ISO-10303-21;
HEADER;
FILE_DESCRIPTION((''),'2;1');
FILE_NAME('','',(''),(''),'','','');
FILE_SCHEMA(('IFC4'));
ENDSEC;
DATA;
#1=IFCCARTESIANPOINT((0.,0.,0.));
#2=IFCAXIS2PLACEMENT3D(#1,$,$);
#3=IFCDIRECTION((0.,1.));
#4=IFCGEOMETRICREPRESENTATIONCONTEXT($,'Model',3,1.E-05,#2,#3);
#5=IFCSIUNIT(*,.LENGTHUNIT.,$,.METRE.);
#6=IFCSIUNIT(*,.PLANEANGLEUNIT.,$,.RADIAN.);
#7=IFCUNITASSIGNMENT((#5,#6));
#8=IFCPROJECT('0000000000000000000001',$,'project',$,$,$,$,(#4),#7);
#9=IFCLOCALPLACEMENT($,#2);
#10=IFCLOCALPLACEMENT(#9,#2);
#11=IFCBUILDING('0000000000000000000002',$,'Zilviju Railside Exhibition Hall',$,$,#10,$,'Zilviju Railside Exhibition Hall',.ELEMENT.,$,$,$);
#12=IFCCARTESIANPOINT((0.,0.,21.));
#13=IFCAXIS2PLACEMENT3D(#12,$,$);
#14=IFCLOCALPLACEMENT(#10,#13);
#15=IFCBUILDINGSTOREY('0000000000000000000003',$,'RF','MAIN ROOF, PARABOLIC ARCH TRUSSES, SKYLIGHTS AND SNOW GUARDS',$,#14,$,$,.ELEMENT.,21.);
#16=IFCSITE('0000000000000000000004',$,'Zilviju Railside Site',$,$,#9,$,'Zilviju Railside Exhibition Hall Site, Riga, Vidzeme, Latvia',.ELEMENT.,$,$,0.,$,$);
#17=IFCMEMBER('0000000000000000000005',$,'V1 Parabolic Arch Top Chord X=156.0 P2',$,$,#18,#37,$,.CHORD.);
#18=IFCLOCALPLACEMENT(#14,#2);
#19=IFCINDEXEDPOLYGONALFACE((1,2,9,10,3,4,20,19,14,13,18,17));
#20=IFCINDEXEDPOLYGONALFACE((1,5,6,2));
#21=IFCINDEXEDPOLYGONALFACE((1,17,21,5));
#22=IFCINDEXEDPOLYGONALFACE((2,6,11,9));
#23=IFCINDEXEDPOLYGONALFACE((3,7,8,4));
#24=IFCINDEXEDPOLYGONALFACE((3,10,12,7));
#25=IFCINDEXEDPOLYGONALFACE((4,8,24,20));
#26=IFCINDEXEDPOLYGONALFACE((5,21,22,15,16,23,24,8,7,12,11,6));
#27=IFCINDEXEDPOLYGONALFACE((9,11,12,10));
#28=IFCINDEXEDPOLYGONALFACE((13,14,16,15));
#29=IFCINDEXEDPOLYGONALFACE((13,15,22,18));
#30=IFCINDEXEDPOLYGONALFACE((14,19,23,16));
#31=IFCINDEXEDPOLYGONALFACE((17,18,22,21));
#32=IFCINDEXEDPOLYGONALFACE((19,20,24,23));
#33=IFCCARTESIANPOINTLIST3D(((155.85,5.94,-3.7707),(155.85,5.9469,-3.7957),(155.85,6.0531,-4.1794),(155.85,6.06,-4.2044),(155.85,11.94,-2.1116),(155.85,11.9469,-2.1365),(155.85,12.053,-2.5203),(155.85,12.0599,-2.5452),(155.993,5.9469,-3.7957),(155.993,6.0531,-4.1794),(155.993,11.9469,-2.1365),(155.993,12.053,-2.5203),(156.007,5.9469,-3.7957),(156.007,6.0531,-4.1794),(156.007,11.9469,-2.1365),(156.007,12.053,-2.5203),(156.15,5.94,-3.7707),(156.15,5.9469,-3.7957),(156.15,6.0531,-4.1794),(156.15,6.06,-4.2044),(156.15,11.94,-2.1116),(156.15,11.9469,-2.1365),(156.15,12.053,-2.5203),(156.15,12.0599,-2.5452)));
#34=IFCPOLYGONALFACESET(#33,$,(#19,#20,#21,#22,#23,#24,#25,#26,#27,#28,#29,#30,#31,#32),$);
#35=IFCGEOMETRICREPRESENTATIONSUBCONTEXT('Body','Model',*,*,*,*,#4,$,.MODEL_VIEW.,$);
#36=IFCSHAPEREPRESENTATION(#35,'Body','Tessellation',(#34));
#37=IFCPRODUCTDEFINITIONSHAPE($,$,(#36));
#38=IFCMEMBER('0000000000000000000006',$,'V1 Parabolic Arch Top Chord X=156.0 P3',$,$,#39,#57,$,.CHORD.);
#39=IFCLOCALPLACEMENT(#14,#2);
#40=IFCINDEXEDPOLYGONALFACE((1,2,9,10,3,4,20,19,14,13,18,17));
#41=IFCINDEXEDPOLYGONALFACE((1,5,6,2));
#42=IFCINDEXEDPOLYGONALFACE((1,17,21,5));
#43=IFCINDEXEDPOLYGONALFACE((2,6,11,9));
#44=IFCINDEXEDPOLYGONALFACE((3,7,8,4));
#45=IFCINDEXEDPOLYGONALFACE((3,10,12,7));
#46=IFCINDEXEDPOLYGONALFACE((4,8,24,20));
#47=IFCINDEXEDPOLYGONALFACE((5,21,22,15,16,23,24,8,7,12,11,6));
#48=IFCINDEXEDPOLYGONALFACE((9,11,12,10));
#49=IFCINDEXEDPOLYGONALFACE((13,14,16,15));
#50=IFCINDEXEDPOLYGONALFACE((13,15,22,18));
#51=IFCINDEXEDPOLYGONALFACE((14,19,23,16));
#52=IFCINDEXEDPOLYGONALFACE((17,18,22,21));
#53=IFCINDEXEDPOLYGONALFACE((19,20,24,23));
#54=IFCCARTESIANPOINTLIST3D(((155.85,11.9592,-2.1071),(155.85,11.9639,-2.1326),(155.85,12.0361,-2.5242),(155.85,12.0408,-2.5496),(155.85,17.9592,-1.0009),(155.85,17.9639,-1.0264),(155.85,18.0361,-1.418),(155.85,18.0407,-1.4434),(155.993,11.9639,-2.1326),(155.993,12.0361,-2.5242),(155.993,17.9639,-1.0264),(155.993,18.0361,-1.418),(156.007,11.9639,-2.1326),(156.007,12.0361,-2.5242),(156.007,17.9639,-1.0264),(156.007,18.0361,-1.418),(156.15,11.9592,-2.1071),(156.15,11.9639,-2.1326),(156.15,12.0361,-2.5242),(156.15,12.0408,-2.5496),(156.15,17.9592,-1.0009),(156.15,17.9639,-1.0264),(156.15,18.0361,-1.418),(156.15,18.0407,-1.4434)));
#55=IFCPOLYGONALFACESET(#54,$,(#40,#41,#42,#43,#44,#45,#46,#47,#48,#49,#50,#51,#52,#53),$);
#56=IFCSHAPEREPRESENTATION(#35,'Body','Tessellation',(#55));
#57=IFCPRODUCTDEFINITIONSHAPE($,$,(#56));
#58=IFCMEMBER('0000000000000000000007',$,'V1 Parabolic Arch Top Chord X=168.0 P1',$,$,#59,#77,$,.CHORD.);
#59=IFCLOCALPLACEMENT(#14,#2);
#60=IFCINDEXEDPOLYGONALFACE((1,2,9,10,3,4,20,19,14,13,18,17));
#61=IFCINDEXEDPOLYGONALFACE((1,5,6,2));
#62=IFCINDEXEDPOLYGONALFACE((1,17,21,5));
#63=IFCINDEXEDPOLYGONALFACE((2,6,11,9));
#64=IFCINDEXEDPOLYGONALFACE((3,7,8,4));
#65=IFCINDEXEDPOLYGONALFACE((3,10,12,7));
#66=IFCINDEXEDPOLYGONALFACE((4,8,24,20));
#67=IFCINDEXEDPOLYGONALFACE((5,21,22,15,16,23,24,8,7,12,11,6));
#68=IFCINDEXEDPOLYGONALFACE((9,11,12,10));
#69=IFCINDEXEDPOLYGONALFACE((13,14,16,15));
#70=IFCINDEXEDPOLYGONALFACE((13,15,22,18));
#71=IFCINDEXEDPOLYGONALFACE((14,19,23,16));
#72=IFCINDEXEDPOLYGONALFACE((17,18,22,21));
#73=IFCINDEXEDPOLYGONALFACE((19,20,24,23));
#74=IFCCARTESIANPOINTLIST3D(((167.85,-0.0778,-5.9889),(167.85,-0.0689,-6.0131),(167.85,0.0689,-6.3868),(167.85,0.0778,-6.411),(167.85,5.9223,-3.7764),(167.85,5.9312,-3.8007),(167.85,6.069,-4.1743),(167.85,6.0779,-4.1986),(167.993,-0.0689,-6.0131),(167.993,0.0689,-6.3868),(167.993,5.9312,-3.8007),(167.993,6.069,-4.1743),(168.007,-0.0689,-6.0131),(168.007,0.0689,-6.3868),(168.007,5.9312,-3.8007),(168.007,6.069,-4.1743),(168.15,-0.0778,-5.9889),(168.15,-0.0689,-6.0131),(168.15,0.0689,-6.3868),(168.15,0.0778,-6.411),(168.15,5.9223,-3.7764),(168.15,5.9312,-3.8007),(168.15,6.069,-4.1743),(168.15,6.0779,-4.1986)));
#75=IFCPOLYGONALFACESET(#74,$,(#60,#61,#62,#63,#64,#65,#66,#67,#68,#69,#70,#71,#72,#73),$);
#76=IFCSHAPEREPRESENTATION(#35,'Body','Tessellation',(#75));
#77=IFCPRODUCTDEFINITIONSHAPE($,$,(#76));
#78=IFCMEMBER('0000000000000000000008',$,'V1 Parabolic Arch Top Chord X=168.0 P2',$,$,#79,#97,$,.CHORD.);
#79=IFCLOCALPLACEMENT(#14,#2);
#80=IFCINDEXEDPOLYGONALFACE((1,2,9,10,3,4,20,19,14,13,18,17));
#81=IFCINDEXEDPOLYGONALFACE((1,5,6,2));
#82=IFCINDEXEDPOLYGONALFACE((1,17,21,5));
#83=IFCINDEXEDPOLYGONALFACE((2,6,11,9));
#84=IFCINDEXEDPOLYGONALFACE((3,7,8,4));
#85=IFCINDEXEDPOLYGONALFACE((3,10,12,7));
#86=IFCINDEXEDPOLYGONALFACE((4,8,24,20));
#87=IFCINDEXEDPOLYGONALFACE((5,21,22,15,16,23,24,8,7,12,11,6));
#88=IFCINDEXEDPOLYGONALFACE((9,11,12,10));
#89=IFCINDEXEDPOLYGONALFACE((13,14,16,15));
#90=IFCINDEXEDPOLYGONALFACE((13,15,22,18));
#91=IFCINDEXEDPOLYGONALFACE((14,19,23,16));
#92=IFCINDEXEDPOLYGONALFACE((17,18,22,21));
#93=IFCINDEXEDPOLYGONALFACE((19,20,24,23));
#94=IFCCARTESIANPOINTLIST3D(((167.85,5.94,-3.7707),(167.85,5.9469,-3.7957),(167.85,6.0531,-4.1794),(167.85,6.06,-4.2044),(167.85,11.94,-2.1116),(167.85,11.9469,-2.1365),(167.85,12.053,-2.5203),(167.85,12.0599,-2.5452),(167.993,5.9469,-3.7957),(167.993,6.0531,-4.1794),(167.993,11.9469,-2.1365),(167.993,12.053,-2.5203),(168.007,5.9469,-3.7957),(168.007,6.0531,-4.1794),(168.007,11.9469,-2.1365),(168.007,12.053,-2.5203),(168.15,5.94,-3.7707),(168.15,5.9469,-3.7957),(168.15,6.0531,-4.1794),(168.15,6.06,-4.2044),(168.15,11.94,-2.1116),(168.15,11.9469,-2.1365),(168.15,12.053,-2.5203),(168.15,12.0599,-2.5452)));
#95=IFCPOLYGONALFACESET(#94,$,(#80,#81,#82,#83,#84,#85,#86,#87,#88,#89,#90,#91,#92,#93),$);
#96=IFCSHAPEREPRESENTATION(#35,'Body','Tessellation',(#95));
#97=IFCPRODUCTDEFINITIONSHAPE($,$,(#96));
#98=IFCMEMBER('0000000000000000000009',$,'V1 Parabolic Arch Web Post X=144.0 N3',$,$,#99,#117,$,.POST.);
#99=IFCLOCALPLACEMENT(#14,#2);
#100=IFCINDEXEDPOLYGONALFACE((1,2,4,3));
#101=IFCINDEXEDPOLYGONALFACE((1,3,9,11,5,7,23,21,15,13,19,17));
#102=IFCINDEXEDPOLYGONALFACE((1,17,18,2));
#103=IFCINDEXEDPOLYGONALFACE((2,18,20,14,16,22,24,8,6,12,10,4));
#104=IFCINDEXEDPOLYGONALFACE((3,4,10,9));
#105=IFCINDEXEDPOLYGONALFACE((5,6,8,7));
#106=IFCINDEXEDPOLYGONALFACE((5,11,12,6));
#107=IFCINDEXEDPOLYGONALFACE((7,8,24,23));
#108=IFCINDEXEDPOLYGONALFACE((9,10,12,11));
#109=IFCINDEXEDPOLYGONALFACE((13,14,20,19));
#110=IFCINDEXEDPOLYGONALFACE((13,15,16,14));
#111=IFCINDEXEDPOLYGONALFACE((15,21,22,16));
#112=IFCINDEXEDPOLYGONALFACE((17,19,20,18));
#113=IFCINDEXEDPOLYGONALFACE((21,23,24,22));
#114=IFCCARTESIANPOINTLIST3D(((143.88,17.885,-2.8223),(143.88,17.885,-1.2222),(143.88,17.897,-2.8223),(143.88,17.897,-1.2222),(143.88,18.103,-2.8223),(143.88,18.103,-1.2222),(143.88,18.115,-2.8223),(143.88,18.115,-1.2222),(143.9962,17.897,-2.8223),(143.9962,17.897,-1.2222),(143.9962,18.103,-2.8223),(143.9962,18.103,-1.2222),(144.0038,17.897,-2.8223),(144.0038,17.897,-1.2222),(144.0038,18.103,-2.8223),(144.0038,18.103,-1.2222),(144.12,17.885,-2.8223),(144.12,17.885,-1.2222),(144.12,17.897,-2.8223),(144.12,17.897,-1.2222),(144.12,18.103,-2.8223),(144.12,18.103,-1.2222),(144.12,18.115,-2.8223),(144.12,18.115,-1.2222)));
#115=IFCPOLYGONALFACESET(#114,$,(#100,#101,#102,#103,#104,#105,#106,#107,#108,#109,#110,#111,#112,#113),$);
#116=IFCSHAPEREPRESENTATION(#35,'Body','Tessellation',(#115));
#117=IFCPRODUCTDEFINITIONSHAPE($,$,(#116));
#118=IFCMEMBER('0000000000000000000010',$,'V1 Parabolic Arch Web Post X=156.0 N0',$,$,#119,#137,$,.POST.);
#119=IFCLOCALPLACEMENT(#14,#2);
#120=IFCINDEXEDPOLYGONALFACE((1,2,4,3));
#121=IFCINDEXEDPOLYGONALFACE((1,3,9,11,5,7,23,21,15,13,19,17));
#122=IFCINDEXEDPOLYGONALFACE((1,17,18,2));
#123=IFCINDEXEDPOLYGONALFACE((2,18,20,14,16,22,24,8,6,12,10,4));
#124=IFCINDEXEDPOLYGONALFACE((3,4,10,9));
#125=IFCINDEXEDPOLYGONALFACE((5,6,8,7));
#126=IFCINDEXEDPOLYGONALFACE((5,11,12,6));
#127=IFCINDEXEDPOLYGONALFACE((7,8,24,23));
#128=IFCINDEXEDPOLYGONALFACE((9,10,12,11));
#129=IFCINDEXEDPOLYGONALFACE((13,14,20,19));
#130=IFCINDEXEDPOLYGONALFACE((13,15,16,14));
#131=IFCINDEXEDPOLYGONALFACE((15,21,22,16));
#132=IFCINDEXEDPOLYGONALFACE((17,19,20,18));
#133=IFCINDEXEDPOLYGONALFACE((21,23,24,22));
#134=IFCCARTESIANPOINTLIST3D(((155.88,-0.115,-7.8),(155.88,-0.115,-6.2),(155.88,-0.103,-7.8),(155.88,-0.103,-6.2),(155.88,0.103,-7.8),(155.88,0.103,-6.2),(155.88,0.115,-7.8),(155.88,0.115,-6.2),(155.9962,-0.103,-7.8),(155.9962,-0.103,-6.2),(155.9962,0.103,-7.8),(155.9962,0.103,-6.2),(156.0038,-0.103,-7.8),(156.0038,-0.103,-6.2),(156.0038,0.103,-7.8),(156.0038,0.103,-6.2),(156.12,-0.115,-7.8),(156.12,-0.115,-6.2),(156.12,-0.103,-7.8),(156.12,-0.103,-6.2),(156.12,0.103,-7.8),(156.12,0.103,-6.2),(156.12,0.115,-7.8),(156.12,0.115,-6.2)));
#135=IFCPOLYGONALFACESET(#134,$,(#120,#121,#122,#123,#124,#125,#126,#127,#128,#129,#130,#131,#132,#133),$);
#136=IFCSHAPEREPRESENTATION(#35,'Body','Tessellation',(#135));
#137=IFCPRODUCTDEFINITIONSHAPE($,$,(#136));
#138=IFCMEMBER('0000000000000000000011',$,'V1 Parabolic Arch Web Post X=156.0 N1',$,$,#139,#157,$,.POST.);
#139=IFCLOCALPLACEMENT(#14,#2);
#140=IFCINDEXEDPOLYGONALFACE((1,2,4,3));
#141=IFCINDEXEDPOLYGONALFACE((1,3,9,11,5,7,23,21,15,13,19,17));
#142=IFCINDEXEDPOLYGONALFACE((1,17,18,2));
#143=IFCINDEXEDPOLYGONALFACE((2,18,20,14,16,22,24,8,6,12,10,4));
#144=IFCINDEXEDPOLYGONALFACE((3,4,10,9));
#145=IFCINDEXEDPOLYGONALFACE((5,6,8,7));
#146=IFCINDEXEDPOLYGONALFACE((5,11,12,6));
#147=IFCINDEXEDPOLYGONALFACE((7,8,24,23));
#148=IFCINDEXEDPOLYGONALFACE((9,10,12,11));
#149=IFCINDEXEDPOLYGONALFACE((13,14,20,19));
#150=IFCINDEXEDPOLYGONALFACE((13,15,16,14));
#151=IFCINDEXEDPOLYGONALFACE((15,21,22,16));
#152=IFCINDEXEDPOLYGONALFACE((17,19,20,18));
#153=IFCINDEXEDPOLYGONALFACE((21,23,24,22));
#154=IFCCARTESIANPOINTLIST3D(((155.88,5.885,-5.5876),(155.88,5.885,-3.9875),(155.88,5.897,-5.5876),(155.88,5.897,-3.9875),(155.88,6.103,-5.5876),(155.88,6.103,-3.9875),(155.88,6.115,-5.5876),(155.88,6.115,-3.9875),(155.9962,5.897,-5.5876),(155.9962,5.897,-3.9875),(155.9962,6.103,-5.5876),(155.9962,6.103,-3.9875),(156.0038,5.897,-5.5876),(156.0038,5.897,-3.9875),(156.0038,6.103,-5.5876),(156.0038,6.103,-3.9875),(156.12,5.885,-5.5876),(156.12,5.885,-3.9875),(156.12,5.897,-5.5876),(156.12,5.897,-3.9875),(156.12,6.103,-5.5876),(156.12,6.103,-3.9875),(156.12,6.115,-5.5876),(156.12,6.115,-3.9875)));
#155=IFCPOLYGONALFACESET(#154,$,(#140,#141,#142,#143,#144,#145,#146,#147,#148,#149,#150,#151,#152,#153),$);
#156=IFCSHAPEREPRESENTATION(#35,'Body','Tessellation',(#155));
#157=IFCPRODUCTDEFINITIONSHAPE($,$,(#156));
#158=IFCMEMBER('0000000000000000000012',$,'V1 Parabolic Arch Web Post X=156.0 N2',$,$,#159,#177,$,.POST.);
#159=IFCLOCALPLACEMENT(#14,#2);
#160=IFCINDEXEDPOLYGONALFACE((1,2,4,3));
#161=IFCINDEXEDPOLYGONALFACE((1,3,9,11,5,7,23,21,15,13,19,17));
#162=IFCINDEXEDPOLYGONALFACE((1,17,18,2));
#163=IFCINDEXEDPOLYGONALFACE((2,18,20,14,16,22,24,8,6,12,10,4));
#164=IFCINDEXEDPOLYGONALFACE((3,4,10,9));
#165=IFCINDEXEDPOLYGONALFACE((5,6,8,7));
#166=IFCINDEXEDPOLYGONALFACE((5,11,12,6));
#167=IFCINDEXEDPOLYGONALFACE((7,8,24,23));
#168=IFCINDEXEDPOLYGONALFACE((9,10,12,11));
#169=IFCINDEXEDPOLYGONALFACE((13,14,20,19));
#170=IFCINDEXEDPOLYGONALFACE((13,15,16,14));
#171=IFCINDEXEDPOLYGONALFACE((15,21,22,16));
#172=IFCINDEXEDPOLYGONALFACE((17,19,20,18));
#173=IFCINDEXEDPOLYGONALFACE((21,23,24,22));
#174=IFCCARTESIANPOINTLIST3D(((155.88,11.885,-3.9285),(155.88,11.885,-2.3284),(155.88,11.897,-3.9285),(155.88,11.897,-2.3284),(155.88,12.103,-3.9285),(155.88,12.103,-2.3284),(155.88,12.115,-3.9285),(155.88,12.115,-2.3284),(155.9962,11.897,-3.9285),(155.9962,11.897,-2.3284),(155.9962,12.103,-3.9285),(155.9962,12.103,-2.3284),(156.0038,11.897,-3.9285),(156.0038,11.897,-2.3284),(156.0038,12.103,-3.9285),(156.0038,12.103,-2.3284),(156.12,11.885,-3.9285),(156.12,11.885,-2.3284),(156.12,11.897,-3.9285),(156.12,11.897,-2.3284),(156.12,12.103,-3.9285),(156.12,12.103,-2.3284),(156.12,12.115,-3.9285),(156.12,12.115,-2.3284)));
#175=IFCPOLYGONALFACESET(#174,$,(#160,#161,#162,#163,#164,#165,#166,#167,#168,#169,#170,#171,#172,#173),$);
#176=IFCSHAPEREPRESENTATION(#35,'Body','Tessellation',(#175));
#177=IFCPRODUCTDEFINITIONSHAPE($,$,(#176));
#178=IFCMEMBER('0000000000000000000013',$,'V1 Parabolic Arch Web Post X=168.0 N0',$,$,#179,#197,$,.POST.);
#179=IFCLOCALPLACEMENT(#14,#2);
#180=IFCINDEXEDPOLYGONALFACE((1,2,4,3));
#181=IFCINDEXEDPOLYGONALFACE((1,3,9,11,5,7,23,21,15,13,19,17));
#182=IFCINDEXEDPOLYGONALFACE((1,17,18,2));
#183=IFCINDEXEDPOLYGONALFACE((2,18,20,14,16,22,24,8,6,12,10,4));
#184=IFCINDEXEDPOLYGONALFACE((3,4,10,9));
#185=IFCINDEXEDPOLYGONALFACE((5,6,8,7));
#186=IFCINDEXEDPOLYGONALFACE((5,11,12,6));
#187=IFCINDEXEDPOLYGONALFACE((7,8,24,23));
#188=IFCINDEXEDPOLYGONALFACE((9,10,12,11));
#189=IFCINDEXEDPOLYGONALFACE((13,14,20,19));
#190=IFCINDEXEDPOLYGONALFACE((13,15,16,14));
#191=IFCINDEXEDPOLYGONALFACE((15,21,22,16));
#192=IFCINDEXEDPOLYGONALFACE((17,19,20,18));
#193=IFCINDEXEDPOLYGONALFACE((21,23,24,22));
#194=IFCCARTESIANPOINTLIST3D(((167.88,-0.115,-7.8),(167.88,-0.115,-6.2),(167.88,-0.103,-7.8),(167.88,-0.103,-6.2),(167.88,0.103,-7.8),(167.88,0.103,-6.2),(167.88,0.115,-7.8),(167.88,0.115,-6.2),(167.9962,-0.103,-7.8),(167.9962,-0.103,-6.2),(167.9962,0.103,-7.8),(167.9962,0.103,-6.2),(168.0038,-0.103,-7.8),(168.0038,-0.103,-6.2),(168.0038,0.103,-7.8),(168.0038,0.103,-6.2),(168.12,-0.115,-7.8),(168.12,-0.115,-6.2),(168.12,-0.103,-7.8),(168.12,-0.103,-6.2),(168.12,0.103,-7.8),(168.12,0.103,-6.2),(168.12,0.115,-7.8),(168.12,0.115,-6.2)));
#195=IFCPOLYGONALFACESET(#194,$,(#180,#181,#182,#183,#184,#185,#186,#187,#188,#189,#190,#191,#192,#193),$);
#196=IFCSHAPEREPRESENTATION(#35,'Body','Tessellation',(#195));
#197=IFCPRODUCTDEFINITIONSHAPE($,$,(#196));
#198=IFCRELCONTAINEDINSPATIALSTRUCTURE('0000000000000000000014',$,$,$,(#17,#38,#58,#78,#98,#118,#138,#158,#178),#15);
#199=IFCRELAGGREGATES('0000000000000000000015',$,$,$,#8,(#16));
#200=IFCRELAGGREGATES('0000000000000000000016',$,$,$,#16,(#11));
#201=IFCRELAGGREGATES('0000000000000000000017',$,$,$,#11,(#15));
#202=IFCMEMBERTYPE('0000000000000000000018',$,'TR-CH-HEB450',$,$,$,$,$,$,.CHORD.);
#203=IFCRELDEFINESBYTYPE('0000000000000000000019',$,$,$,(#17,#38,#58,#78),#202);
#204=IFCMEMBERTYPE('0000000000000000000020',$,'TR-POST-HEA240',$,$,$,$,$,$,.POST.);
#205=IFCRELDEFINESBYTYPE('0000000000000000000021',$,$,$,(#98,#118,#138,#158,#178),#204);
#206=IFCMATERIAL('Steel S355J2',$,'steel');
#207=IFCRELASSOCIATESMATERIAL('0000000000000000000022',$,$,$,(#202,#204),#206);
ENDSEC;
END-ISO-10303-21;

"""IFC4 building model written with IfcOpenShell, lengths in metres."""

from ifc_helpers import new_model, si_unit, direction, frame, origin, origin_2d, place, context, subcontext, project, spatial, i_section, extrude, material, material_profile, profile_set, type_object, element, save


model = new_model("IFC4")

# Units and contexts
model_context = context("Model", 3, precision=1e-05, world=origin(), true_north=direction((0.0, 1.0)))
body_context = subcontext(model_context, "Body", "Model", "MODEL_VIEW")
ifc_project = project(units=[si_unit("LENGTHUNIT", "METRE"), si_unit("PLANEANGLEUNIT", "RADIAN")], contexts=[model_context])

# Site, building, storey
site_placement = place(None, origin())
site = spatial("IfcSite", under=ifc_project, at=site_placement, Name="Zilviju Railside Site", LongName="Zilviju Railside Exhibition Hall Site, Riga, Vidzeme, Latvia", CompositionType="ELEMENT", RefElevation=0.0)
building_placement = place(site_placement, origin())
building = spatial("IfcBuilding", under=site, at=building_placement, Name="Zilviju Railside Exhibition Hall", LongName="Zilviju Railside Exhibition Hall", CompositionType="ELEMENT")
storey_placement = place(building_placement, frame((0.0, 0.0, 21.0)))
storey = spatial("IfcBuildingStorey", under=building, at=storey_placement, Name="RF", Description="MAIN ROOF, PARABOLIC ARCH TRUSSES, SKYLIGHTS AND SNOW GUARDS", CompositionType="ELEMENT", Elevation=21.0)

# Members
ifc_material_1 = material(Name="Steel S355J2", Category="steel")
ifc_material_profile_1 = material_profile(ifc_material_1, i_section(OverallWidth=0.3, OverallDepth=0.45, WebThickness=0.0139, FlangeThickness=0.0259, at=origin_2d()), Name="HEB 450")
ifc_profile_set_1 = profile_set([ifc_material_profile_1], Name="Steel S355J2")
member_type_1 = type_object("IfcMemberType", Name="TR-CH-HEB450", PredefinedType="CHORD", material=ifc_profile_set_1)
member_1_placement = place(storey_placement, frame((156.0, 6.0, -3.9875), z_axis=(0.0, 0.963827, 0.266527), x_axis=(-1.0, 0.0, 0.0)))
element("IfcMember", 1, at=member_1_placement, inside=storey, type_object=member_type_1, Name="V1 Parabolic Arch Top Chord X=156.0 P2", PredefinedType="CHORD", context=body_context, shape_type="SweptSolid", body=[
    extrude(i_section(OverallWidth=0.3, OverallDepth=0.45, WebThickness=0.0139, FlangeThickness=0.0259, at=origin_2d()), origin(), (0.0, 0.0, 1.0), 6.2251),
])
member_2_placement = place(storey_placement, frame((156.0, 12.0, -2.3284), z_axis=(0.0, 0.983426, 0.181311), x_axis=(-1.0, 0.0, 0.0)))
element("IfcMember", 2, at=member_2_placement, inside=storey, type_object=member_type_1, Name="V1 Parabolic Arch Top Chord X=156.0 P3", PredefinedType="CHORD", context=body_context, shape_type="SweptSolid", body=[
    extrude(i_section(OverallWidth=0.3, OverallDepth=0.45, WebThickness=0.0139, FlangeThickness=0.0259, at=origin_2d()), origin(), (0.0, 0.0, 1.0), 6.1011),
])
member_3_placement = place(storey_placement, frame((168.0, 0.0, -6.2), z_axis=(0.0, 0.938248, 0.345964), x_axis=(-1.0, 0.0, 0.0)))
element("IfcMember", 3, at=member_3_placement, inside=storey, type_object=member_type_1, Name="V1 Parabolic Arch Top Chord X=168.0 P1", PredefinedType="CHORD", context=body_context, shape_type="SweptSolid", body=[
    extrude(i_section(OverallWidth=0.3, OverallDepth=0.45, WebThickness=0.0139, FlangeThickness=0.0259, at=origin_2d()), origin(), (0.0, 0.0, 1.0), 6.395),
])
member_4_placement = place(storey_placement, frame((168.0, 6.0, -3.9875), z_axis=(0.0, 0.963827, 0.266527), x_axis=(-1.0, 0.0, 0.0)))
element("IfcMember", 4, at=member_4_placement, inside=storey, type_object=member_type_1, Name="V1 Parabolic Arch Top Chord X=168.0 P2", PredefinedType="CHORD", context=body_context, shape_type="SweptSolid", body=[
    extrude(i_section(OverallWidth=0.3, OverallDepth=0.45, WebThickness=0.0139, FlangeThickness=0.0259, at=origin_2d()), origin(), (0.0, 0.0, 1.0), 6.2251),
])
ifc_material_profile_2 = material_profile(ifc_material_1, i_section(OverallWidth=0.24, OverallDepth=0.23, WebThickness=0.0076, FlangeThickness=0.012, at=origin_2d()), Name="HEA 240")
ifc_profile_set_2 = profile_set([ifc_material_profile_2], Name="Steel S355J2")
member_type_2 = type_object("IfcMemberType", Name="TR-POST-HEA240", PredefinedType="POST", material=ifc_profile_set_2)
for number, where, z_axis, x_axis, name in (
    (5, (144.0, 18.0, -2.8223), (0.0, 0.0, 1.0), (1.0, 0.0, 0.0), "V1 Parabolic Arch Web Post X=144.0 N3"),
    (6, (156.0, 0.0, -7.8), (0.0, 0.0, 1.0), (1.0, 0.0, 0.0), "V1 Parabolic Arch Web Post X=156.0 N0"),
    (7, (156.0, 6.0, -5.5876), (0.0, 0.0, 1.0), (1.0, 0.0, 0.0), "V1 Parabolic Arch Web Post X=156.0 N1"),
    (8, (156.0, 12.0, -3.9285), (0.0, 0.0, 1.0), (1.0, 0.0, 0.0), "V1 Parabolic Arch Web Post X=156.0 N2"),
    (9, (168.0, 0.0, -7.8), (0.0, 0.0, 1.0), (1.0, 0.0, 0.0), "V1 Parabolic Arch Web Post X=168.0 N0"),
):
    element("IfcMember", number, at=place(storey_placement, frame(where, z_axis=z_axis, x_axis=x_axis)), inside=storey, type_object=member_type_2, Name=name, PredefinedType="POST", context=body_context, shape_type="SweptSolid", body=[
        extrude(i_section(OverallWidth=0.24, OverallDepth=0.23, WebThickness=0.0076, FlangeThickness=0.012, at=origin_2d()), origin(), (0.0, 0.0, 1.0), 1.6001),
    ])

save(model, "model.ifc")
